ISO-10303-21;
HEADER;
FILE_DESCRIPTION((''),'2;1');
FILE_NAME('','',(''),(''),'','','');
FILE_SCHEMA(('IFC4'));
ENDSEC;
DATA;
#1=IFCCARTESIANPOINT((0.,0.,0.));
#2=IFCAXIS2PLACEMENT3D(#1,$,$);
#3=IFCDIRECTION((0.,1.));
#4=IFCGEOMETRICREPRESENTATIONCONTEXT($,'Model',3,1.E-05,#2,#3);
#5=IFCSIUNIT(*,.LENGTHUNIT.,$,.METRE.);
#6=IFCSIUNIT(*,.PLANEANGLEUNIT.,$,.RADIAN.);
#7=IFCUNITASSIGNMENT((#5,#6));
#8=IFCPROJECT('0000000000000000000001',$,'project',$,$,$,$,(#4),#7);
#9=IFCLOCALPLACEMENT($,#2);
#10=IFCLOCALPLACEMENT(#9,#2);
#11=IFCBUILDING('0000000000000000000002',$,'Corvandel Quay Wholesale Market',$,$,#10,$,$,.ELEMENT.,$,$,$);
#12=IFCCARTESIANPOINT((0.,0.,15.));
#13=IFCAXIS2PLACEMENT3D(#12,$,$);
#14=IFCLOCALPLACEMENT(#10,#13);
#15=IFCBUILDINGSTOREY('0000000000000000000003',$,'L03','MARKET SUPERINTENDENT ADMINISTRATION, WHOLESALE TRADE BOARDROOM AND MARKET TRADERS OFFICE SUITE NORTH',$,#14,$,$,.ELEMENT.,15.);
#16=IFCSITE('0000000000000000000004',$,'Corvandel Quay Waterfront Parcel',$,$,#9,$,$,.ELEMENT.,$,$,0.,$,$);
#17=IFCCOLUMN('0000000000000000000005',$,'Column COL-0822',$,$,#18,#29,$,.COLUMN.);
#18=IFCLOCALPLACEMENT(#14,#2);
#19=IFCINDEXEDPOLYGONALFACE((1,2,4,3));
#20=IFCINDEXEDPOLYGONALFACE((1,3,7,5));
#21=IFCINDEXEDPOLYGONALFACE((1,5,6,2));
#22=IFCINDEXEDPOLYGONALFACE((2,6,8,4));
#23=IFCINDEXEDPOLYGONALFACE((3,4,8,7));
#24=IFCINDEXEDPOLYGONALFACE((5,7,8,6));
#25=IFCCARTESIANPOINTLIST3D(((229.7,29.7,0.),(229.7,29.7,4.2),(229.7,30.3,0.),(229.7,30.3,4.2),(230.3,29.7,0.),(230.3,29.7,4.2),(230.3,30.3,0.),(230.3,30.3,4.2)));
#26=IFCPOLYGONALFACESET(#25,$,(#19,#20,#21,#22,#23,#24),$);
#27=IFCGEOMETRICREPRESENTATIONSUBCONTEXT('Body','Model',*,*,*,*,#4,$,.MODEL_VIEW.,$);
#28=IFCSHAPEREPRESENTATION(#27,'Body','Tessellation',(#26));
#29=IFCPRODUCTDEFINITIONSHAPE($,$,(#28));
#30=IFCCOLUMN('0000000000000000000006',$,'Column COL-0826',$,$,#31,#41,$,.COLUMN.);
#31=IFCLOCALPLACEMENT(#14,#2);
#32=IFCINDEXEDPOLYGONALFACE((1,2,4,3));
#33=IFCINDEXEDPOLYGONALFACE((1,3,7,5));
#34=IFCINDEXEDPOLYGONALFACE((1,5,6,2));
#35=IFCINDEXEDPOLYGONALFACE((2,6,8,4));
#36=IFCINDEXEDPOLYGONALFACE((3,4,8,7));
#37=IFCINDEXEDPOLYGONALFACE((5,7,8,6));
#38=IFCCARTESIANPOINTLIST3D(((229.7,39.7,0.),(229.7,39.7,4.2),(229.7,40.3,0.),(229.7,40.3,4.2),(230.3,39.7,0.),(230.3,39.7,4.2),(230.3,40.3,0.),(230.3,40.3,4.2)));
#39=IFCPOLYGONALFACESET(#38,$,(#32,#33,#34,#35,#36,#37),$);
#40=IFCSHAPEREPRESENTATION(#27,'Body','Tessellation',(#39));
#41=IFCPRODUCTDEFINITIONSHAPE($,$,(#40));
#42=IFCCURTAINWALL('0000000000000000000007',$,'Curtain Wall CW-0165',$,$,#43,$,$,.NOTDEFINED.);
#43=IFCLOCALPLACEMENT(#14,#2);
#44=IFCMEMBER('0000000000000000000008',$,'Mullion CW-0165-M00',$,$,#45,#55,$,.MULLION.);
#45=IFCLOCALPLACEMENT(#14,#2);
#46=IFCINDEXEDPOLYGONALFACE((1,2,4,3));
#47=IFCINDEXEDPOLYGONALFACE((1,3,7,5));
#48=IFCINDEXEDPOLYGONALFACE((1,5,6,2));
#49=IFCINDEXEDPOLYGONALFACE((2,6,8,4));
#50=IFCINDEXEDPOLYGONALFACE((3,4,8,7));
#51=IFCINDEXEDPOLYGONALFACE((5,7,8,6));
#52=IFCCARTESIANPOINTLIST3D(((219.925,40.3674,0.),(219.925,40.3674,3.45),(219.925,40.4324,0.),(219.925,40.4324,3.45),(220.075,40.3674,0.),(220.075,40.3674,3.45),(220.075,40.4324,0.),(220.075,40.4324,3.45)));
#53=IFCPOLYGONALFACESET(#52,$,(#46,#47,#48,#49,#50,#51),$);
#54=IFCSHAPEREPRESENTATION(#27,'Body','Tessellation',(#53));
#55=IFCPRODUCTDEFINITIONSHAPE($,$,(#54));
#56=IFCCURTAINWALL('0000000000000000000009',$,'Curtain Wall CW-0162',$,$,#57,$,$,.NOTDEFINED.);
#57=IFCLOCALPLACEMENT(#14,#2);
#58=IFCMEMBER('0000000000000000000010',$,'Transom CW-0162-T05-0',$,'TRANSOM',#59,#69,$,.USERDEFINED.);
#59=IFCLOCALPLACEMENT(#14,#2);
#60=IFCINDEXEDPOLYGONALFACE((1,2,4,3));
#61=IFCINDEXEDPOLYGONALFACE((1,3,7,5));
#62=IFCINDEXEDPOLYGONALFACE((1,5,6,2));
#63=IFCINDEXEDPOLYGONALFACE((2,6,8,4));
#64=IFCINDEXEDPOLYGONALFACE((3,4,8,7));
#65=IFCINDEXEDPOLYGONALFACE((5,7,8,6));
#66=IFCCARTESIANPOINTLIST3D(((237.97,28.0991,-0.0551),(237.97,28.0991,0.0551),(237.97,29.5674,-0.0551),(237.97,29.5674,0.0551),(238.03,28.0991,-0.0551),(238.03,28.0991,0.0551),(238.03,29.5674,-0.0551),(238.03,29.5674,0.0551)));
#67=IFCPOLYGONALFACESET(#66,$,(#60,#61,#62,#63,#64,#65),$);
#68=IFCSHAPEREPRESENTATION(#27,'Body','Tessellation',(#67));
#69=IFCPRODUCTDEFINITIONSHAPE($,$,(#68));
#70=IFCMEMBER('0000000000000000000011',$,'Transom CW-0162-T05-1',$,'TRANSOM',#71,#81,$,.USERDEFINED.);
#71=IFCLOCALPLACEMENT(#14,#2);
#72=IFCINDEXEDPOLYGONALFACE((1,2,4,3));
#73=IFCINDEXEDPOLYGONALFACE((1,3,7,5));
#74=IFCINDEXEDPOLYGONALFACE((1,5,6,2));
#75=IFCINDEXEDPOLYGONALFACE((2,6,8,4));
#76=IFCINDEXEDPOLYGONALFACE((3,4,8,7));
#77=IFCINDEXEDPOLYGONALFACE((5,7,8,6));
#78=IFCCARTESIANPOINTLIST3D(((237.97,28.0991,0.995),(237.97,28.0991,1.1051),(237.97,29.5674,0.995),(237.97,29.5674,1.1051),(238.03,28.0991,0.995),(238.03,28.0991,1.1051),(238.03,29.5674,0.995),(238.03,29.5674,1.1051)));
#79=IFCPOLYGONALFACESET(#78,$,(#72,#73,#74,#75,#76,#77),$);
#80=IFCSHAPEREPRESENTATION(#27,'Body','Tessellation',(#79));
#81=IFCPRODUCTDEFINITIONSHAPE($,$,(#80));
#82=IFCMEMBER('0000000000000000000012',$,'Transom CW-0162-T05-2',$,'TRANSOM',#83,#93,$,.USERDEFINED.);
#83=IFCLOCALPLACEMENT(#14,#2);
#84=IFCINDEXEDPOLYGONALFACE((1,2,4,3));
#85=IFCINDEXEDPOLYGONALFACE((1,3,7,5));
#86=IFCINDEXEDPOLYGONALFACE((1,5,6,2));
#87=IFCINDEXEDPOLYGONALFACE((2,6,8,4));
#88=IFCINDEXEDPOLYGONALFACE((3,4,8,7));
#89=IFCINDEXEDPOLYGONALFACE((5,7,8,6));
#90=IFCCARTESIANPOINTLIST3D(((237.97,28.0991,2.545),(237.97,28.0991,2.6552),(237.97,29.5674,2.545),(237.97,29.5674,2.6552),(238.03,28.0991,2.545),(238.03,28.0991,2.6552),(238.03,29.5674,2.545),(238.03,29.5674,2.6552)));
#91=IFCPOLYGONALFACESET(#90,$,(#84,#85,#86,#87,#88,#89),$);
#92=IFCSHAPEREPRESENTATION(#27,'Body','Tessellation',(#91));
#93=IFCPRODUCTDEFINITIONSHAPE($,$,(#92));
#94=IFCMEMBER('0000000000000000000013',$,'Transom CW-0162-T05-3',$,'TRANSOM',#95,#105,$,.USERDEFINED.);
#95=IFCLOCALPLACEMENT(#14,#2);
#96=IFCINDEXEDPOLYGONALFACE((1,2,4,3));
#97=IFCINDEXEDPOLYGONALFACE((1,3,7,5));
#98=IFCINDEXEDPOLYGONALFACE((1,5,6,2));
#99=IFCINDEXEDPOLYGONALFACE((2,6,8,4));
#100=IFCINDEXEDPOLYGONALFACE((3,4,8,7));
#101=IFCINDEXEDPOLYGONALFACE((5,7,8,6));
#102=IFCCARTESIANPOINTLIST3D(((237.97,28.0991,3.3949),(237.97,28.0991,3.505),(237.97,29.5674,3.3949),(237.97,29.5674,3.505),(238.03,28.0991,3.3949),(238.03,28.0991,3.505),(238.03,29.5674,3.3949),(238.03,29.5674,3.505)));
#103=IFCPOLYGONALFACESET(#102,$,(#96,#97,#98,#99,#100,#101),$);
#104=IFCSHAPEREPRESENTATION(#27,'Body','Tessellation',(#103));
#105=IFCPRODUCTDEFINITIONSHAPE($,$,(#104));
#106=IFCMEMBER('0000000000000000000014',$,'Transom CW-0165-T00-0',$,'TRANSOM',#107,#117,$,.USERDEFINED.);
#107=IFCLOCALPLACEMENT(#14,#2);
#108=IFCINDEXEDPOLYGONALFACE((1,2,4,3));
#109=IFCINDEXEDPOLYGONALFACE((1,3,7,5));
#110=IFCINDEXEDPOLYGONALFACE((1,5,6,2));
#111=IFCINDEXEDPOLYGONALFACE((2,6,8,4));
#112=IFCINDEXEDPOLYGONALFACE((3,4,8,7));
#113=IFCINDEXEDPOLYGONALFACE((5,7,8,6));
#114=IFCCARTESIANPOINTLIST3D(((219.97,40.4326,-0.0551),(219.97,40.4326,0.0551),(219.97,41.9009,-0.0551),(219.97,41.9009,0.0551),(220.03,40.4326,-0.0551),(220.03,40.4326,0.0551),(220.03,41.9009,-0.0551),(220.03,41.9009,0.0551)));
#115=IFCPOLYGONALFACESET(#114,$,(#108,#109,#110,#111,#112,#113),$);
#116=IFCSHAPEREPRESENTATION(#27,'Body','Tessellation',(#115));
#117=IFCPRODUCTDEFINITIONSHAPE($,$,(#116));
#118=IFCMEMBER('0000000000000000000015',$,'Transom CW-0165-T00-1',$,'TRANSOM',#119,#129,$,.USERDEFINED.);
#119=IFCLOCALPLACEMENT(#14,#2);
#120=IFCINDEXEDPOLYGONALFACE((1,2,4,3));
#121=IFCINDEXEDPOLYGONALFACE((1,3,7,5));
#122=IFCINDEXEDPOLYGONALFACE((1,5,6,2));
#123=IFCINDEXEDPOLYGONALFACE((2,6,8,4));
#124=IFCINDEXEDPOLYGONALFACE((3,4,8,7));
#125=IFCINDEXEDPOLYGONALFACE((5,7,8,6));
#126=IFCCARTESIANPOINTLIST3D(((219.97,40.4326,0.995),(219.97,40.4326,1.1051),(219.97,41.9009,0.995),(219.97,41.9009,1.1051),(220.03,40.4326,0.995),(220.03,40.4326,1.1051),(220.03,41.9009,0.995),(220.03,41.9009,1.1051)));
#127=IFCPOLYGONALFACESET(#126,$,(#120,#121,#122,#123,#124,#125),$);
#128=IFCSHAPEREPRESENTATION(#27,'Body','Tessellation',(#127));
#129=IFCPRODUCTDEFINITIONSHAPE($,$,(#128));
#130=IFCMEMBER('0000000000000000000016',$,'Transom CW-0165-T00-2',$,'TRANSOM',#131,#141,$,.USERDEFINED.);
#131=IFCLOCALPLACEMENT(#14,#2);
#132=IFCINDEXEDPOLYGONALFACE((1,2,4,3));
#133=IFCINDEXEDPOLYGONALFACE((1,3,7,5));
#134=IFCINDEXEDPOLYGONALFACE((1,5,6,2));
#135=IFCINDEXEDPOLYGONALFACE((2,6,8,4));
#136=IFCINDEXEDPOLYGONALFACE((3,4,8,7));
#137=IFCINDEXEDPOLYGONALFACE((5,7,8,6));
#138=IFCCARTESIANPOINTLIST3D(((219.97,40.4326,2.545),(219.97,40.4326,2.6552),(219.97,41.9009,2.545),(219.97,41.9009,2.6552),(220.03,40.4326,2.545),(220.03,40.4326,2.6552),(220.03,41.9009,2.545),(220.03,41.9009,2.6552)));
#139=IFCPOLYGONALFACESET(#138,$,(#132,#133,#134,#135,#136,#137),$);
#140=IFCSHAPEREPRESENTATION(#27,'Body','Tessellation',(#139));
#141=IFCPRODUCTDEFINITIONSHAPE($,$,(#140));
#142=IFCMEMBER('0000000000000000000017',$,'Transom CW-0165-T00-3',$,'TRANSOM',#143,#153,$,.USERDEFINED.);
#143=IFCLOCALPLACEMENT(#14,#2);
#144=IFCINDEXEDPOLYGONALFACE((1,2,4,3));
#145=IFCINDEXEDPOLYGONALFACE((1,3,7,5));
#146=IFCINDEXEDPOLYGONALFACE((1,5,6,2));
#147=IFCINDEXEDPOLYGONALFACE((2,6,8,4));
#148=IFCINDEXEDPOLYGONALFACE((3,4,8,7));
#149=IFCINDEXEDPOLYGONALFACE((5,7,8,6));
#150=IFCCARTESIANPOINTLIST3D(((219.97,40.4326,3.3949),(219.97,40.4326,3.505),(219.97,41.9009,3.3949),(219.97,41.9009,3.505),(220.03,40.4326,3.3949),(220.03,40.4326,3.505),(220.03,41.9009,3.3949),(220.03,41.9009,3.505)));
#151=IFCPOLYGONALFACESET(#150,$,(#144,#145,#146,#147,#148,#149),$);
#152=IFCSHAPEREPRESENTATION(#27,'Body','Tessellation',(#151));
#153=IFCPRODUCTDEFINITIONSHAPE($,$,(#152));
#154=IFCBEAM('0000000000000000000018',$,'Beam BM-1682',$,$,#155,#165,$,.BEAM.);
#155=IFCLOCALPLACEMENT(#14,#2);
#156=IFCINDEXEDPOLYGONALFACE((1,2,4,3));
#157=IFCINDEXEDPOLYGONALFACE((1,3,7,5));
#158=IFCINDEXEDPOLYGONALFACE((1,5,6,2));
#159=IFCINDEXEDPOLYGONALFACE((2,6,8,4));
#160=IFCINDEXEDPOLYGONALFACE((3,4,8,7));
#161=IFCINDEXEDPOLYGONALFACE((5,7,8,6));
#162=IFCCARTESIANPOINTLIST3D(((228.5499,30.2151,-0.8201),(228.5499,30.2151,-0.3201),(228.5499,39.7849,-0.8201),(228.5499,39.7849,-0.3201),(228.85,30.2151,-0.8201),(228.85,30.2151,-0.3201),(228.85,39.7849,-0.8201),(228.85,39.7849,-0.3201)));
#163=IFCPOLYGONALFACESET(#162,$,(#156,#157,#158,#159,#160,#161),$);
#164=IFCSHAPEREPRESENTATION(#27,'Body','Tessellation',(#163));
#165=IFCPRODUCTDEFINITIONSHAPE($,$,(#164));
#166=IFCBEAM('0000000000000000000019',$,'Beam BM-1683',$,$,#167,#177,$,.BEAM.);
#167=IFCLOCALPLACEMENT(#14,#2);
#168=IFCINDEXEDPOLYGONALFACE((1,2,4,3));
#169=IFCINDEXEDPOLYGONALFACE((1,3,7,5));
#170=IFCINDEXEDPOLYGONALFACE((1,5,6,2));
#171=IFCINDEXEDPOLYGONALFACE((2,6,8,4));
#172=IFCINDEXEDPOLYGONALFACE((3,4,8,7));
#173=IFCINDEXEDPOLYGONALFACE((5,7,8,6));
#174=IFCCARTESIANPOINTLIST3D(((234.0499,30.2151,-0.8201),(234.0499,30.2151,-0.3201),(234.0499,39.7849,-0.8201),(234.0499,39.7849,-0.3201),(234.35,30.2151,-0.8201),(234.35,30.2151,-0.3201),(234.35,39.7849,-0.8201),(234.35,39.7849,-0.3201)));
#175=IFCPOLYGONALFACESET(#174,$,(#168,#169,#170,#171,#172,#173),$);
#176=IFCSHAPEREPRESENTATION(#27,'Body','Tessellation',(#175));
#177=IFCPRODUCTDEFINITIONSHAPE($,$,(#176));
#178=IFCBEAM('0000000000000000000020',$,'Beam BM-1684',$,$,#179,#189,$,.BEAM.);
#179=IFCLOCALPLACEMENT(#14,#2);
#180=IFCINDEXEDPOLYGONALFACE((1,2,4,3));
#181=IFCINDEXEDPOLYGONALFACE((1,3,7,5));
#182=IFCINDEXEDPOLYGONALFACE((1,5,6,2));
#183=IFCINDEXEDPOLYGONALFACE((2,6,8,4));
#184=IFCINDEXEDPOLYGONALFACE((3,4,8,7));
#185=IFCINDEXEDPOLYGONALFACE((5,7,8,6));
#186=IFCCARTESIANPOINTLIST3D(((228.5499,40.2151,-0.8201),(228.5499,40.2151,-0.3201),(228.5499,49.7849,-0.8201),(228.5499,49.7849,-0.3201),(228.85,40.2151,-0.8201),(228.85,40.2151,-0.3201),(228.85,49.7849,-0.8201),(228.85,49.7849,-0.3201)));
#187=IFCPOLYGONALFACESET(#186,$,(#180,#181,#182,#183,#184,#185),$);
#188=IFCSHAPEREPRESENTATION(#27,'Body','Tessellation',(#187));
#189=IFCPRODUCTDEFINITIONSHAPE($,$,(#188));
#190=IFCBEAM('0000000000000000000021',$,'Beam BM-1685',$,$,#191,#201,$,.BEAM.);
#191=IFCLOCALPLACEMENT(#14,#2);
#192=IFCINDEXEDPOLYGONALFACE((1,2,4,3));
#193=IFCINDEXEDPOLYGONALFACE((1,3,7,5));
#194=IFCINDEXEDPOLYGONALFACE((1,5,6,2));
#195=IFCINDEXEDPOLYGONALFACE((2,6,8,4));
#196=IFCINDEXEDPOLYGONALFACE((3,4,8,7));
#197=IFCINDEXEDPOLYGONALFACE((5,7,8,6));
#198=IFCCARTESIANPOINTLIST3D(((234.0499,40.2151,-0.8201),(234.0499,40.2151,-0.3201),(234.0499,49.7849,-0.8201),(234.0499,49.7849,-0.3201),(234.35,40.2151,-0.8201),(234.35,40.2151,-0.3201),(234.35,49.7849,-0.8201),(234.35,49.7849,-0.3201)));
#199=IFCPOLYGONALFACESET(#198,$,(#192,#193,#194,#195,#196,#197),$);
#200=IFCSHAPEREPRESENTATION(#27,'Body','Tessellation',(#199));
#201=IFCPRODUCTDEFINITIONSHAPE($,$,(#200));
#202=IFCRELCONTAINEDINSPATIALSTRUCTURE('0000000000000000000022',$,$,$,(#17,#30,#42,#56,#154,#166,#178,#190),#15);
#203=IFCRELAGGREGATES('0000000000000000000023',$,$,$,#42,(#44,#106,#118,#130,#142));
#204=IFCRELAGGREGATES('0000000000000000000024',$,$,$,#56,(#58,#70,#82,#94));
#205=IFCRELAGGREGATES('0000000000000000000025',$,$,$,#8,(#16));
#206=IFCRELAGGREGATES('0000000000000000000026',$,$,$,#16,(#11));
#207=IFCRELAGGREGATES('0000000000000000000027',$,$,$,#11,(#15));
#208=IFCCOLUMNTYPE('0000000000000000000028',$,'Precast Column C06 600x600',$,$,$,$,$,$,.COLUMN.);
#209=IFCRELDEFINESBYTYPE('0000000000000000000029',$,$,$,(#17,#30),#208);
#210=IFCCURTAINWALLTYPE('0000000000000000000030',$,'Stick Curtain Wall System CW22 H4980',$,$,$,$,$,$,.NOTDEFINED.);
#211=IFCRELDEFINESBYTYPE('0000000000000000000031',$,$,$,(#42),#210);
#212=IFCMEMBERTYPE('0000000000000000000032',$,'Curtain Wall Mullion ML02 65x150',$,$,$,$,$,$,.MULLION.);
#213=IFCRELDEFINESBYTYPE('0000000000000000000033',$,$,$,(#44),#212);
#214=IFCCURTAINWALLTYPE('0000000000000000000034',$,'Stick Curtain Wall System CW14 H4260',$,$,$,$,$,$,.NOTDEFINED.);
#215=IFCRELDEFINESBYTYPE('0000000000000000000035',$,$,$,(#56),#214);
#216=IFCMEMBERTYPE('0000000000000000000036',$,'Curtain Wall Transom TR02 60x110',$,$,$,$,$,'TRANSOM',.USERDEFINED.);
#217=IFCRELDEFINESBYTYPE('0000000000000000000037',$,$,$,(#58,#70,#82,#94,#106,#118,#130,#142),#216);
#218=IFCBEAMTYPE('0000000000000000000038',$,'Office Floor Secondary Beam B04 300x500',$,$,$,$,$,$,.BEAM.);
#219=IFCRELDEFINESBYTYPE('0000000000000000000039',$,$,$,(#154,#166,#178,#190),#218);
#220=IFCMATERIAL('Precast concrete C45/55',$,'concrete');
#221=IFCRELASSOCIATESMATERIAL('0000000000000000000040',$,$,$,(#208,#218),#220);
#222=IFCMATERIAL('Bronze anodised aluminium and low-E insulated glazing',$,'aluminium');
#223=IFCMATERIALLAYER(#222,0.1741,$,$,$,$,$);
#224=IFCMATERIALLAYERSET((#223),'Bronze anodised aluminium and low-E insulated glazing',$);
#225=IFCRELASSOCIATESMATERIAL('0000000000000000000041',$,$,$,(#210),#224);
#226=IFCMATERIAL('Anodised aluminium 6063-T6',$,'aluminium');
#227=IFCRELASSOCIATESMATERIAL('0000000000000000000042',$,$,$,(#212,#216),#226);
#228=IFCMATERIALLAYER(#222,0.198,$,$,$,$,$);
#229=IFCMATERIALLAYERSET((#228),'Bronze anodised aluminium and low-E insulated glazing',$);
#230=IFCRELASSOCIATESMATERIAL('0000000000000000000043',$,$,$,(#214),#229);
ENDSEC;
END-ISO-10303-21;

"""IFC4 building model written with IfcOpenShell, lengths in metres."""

from ifc_helpers import new_model, si_unit, direction, frame, origin, origin_2d, place, context, subcontext, project, spatial, rectangle, extrude, material, layer, layer_set, material_profile, profile_set, type_object, element, aggregate, save


model = new_model("IFC4")

# Units and contexts
model_context = context("Model", 3, precision=1e-05, world=origin(), true_north=direction((0.0, 1.0)))
body_context = subcontext(model_context, "Body", "Model", "MODEL_VIEW")
ifc_project = project(units=[si_unit("LENGTHUNIT", "METRE"), si_unit("PLANEANGLEUNIT", "RADIAN")], contexts=[model_context])

# Site, building, storey
site_placement = place(None, origin())
site = spatial("IfcSite", under=ifc_project, at=site_placement, Name="Corvandel Quay Waterfront Parcel", CompositionType="ELEMENT", RefElevation=0.0)
building_placement = place(site_placement, origin())
building = spatial("IfcBuilding", under=site, at=building_placement, Name="Corvandel Quay Wholesale Market", CompositionType="ELEMENT")
storey_placement = place(building_placement, frame((0.0, 0.0, 15.0)))
storey = spatial("IfcBuildingStorey", under=building, at=storey_placement, Name="L03", Description="MARKET SUPERINTENDENT ADMINISTRATION, WHOLESALE TRADE BOARDROOM AND MARKET TRADERS OFFICE SUITE NORTH", CompositionType="ELEMENT", Elevation=15.0)

# Columns
ifc_material_1 = material(Name="Precast concrete C45/55", Category="concrete")
ifc_material_profile_1 = material_profile(ifc_material_1, rectangle(XDim=0.6001, YDim=0.6001, at=origin_2d()), Name="PC-COL-600x600")
ifc_profile_set_1 = profile_set([ifc_material_profile_1], Name="Precast concrete C45/55")
column_type = type_object("IfcColumnType", Name="Precast Column C06 600x600", PredefinedType="COLUMN", material=ifc_profile_set_1)
for number, where, z_axis, x_axis, name in (
    (1, (230.0, 30.0, 0.0), (0.0, 0.0, 1.0), (1.0, 0.0, 0.0), "Column COL-0822"),
    (2, (230.0, 40.0, 0.0), (0.0, 0.0, 1.0), (1.0, 0.0, 0.0), "Column COL-0826"),
):
    element("IfcColumn", number, at=place(storey_placement, frame(where, z_axis=z_axis, x_axis=x_axis)), inside=storey, type_object=column_type, Name=name, PredefinedType="COLUMN", context=body_context, shape_type="SweptSolid", body=[
        extrude(rectangle(XDim=0.6001, YDim=0.6001, at=origin_2d()), origin(), (0.0, 0.0, 1.0), 4.2),
    ])

# Curtain wall, member
ifc_material_2 = material(Name="Bronze anodised aluminium and low-E insulated glazing", Category="aluminium")
ifc_layer_1 = layer(ifc_material_2, 0.1741)
ifc_layer_set_1 = layer_set([ifc_layer_1], Name="Bronze anodised aluminium and low-E insulated glazing")
curtain_wall_type_1 = type_object("IfcCurtainWallType", Name="Stick Curtain Wall System CW22 H4980", PredefinedType="NOTDEFINED", material=ifc_layer_set_1)
curtain_wall_1_placement = place(storey_placement, origin())
curtain_wall_1 = element("IfcCurtainWall", 3, at=curtain_wall_1_placement, inside=storey, type_object=curtain_wall_type_1, Name="Curtain Wall CW-0165", PredefinedType="NOTDEFINED")
ifc_material_3 = material(Name="Anodised aluminium 6063-T6", Category="aluminium")
ifc_material_profile_2 = material_profile(ifc_material_3, rectangle(XDim=0.0649, YDim=0.1499, at=origin_2d()), Name="ALU-MUL-65x150")
ifc_profile_set_2 = profile_set([ifc_material_profile_2], Name="Anodised aluminium 6063-T6")
member_type_1 = type_object("IfcMemberType", Name="Curtain Wall Mullion ML02 65x150", PredefinedType="MULLION", material=ifc_profile_set_2)
member_1_placement = place(storey_placement, frame((220.0, 40.3999, 0.0), z_axis=(0.0, 0.0, 1.0), x_axis=(0.0, 1.0, 0.0)))
member_1 = element("IfcMember", 4, at=member_1_placement, type_object=member_type_1, Name="Mullion CW-0165-M00", PredefinedType="MULLION", context=body_context, shape_type="SweptSolid", body=[
    extrude(rectangle(XDim=0.0649, YDim=0.1499, at=origin_2d()), origin(), (0.0, 0.0, 1.0), 3.45),
])

# Curtain wall, members
ifc_layer_2 = layer(ifc_material_2, 0.198)
ifc_layer_set_2 = layer_set([ifc_layer_2], Name="Bronze anodised aluminium and low-E insulated glazing")
curtain_wall_type_2 = type_object("IfcCurtainWallType", Name="Stick Curtain Wall System CW14 H4260", PredefinedType="NOTDEFINED", material=ifc_layer_set_2)
curtain_wall_2_placement = place(storey_placement, origin())
curtain_wall_2 = element("IfcCurtainWall", 5, at=curtain_wall_2_placement, inside=storey, type_object=curtain_wall_type_2, Name="Curtain Wall CW-0162", PredefinedType="NOTDEFINED")
ifc_material_profile_3 = material_profile(ifc_material_3, rectangle(XDim=0.0601, YDim=0.1101, at=origin_2d()), Name="ALU-TRN-60x110")
ifc_profile_set_3 = profile_set([ifc_material_profile_3], Name="Anodised aluminium 6063-T6")
member_type_2 = type_object("IfcMemberType", Name="Curtain Wall Transom TR02 60x110", ElementType="TRANSOM", PredefinedType="USERDEFINED", material=ifc_profile_set_3)
member_2_placement = place(storey_placement, frame((238.0, 28.0991, 0.0), z_axis=(0.0, 1.0, 0.0), x_axis=(-1.0, 0.0, 0.0)))
member_2 = element("IfcMember", 6, at=member_2_placement, type_object=member_type_2, Name="Transom CW-0162-T05-0", ObjectType="TRANSOM", PredefinedType="USERDEFINED", context=body_context, shape_type="SweptSolid", body=[
    extrude(rectangle(XDim=0.0601, YDim=0.1101, at=origin_2d()), origin(), (0.0, 0.0, 1.0), 1.4683),
])
member_3_placement = place(storey_placement, frame((238.0, 28.0991, 1.05), z_axis=(0.0, 1.0, 0.0), x_axis=(-1.0, 0.0, 0.0)))
member_3 = element("IfcMember", 7, at=member_3_placement, type_object=member_type_2, Name="Transom CW-0162-T05-1", ObjectType="TRANSOM", PredefinedType="USERDEFINED", context=body_context, shape_type="SweptSolid", body=[
    extrude(rectangle(XDim=0.0601, YDim=0.1101, at=origin_2d()), origin(), (0.0, 0.0, 1.0), 1.4683),
])
member_4_placement = place(storey_placement, frame((238.0, 28.0991, 2.6001), z_axis=(0.0, 1.0, 0.0), x_axis=(-1.0, 0.0, 0.0)))
member_4 = element("IfcMember", 8, at=member_4_placement, type_object=member_type_2, Name="Transom CW-0162-T05-2", ObjectType="TRANSOM", PredefinedType="USERDEFINED", context=body_context, shape_type="SweptSolid", body=[
    extrude(rectangle(XDim=0.0601, YDim=0.1101, at=origin_2d()), origin(), (0.0, 0.0, 1.0), 1.4683),
])
member_5_placement = place(storey_placement, frame((238.0, 28.0991, 3.45), z_axis=(0.0, 1.0, 0.0), x_axis=(-1.0, 0.0, 0.0)))
member_5 = element("IfcMember", 9, at=member_5_placement, type_object=member_type_2, Name="Transom CW-0162-T05-3", ObjectType="TRANSOM", PredefinedType="USERDEFINED", context=body_context, shape_type="SweptSolid", body=[
    extrude(rectangle(XDim=0.0601, YDim=0.1101, at=origin_2d()), origin(), (0.0, 0.0, 1.0), 1.4683),
])

# Members
member_6_placement = place(storey_placement, frame((220.0, 40.4326, 0.0), z_axis=(0.0, 1.0, 0.0), x_axis=(-1.0, 0.0, 0.0)))
member_6 = element("IfcMember", 10, at=member_6_placement, type_object=member_type_2, Name="Transom CW-0165-T00-0", ObjectType="TRANSOM", PredefinedType="USERDEFINED", context=body_context, shape_type="SweptSolid", body=[
    extrude(rectangle(XDim=0.0601, YDim=0.1101, at=origin_2d()), origin(), (0.0, 0.0, 1.0), 1.4683),
])
member_7_placement = place(storey_placement, frame((220.0, 40.4326, 1.05), z_axis=(0.0, 1.0, 0.0), x_axis=(-1.0, 0.0, 0.0)))
member_7 = element("IfcMember", 11, at=member_7_placement, type_object=member_type_2, Name="Transom CW-0165-T00-1", ObjectType="TRANSOM", PredefinedType="USERDEFINED", context=body_context, shape_type="SweptSolid", body=[
    extrude(rectangle(XDim=0.0601, YDim=0.1101, at=origin_2d()), origin(), (0.0, 0.0, 1.0), 1.4683),
])
member_8_placement = place(storey_placement, frame((220.0, 40.4326, 2.6001), z_axis=(0.0, 1.0, 0.0), x_axis=(-1.0, 0.0, 0.0)))
member_8 = element("IfcMember", 12, at=member_8_placement, type_object=member_type_2, Name="Transom CW-0165-T00-2", ObjectType="TRANSOM", PredefinedType="USERDEFINED", context=body_context, shape_type="SweptSolid", body=[
    extrude(rectangle(XDim=0.0601, YDim=0.1101, at=origin_2d()), origin(), (0.0, 0.0, 1.0), 1.4683),
])
member_9_placement = place(storey_placement, frame((220.0, 40.4326, 3.45), z_axis=(0.0, 1.0, 0.0), x_axis=(-1.0, 0.0, 0.0)))
member_9 = element("IfcMember", 13, at=member_9_placement, type_object=member_type_2, Name="Transom CW-0165-T00-3", ObjectType="TRANSOM", PredefinedType="USERDEFINED", context=body_context, shape_type="SweptSolid", body=[
    extrude(rectangle(XDim=0.0601, YDim=0.1101, at=origin_2d()), origin(), (0.0, 0.0, 1.0), 1.4683),
])
aggregate(curtain_wall_1, [member_1, member_6, member_7, member_8, member_9])

# Beams
ifc_material_profile_4 = material_profile(ifc_material_1, rectangle(XDim=0.3, YDim=0.5, at=origin_2d()), Name="PC-BM-300x500")
ifc_profile_set_4 = profile_set([ifc_material_profile_4], Name="Precast concrete C45/55")
beam_type_1 = type_object("IfcBeamType", Name="Office Floor Secondary Beam B04 300x500", PredefinedType="BEAM", material=ifc_profile_set_4)
for number, where, z_axis, x_axis, name in (
    (14, (228.7, 30.2151, -0.5701), (0.0, 1.0, 0.0), (-1.0, 0.0, 0.0), "Beam BM-1682"),
    (15, (234.2, 30.2151, -0.5701), (0.0, 1.0, 0.0), (-1.0, 0.0, 0.0), "Beam BM-1683"),
    (16, (228.7, 40.2151, -0.5701), (0.0, 1.0, 0.0), (-1.0, 0.0, 0.0), "Beam BM-1684"),
    (17, (234.2, 40.2151, -0.5701), (0.0, 1.0, 0.0), (-1.0, 0.0, 0.0), "Beam BM-1685"),
):
    element("IfcBeam", number, at=place(storey_placement, frame(where, z_axis=z_axis, x_axis=x_axis)), inside=storey, type_object=beam_type_1, Name=name, PredefinedType="BEAM", context=body_context, shape_type="SweptSolid", body=[
        extrude(rectangle(XDim=0.3, YDim=0.5, at=origin_2d()), origin(), (0.0, 0.0, 1.0), 9.5698),
    ])

aggregate(curtain_wall_2, [member_2, member_3, member_4, member_5])

save(model, "model.ifc")
